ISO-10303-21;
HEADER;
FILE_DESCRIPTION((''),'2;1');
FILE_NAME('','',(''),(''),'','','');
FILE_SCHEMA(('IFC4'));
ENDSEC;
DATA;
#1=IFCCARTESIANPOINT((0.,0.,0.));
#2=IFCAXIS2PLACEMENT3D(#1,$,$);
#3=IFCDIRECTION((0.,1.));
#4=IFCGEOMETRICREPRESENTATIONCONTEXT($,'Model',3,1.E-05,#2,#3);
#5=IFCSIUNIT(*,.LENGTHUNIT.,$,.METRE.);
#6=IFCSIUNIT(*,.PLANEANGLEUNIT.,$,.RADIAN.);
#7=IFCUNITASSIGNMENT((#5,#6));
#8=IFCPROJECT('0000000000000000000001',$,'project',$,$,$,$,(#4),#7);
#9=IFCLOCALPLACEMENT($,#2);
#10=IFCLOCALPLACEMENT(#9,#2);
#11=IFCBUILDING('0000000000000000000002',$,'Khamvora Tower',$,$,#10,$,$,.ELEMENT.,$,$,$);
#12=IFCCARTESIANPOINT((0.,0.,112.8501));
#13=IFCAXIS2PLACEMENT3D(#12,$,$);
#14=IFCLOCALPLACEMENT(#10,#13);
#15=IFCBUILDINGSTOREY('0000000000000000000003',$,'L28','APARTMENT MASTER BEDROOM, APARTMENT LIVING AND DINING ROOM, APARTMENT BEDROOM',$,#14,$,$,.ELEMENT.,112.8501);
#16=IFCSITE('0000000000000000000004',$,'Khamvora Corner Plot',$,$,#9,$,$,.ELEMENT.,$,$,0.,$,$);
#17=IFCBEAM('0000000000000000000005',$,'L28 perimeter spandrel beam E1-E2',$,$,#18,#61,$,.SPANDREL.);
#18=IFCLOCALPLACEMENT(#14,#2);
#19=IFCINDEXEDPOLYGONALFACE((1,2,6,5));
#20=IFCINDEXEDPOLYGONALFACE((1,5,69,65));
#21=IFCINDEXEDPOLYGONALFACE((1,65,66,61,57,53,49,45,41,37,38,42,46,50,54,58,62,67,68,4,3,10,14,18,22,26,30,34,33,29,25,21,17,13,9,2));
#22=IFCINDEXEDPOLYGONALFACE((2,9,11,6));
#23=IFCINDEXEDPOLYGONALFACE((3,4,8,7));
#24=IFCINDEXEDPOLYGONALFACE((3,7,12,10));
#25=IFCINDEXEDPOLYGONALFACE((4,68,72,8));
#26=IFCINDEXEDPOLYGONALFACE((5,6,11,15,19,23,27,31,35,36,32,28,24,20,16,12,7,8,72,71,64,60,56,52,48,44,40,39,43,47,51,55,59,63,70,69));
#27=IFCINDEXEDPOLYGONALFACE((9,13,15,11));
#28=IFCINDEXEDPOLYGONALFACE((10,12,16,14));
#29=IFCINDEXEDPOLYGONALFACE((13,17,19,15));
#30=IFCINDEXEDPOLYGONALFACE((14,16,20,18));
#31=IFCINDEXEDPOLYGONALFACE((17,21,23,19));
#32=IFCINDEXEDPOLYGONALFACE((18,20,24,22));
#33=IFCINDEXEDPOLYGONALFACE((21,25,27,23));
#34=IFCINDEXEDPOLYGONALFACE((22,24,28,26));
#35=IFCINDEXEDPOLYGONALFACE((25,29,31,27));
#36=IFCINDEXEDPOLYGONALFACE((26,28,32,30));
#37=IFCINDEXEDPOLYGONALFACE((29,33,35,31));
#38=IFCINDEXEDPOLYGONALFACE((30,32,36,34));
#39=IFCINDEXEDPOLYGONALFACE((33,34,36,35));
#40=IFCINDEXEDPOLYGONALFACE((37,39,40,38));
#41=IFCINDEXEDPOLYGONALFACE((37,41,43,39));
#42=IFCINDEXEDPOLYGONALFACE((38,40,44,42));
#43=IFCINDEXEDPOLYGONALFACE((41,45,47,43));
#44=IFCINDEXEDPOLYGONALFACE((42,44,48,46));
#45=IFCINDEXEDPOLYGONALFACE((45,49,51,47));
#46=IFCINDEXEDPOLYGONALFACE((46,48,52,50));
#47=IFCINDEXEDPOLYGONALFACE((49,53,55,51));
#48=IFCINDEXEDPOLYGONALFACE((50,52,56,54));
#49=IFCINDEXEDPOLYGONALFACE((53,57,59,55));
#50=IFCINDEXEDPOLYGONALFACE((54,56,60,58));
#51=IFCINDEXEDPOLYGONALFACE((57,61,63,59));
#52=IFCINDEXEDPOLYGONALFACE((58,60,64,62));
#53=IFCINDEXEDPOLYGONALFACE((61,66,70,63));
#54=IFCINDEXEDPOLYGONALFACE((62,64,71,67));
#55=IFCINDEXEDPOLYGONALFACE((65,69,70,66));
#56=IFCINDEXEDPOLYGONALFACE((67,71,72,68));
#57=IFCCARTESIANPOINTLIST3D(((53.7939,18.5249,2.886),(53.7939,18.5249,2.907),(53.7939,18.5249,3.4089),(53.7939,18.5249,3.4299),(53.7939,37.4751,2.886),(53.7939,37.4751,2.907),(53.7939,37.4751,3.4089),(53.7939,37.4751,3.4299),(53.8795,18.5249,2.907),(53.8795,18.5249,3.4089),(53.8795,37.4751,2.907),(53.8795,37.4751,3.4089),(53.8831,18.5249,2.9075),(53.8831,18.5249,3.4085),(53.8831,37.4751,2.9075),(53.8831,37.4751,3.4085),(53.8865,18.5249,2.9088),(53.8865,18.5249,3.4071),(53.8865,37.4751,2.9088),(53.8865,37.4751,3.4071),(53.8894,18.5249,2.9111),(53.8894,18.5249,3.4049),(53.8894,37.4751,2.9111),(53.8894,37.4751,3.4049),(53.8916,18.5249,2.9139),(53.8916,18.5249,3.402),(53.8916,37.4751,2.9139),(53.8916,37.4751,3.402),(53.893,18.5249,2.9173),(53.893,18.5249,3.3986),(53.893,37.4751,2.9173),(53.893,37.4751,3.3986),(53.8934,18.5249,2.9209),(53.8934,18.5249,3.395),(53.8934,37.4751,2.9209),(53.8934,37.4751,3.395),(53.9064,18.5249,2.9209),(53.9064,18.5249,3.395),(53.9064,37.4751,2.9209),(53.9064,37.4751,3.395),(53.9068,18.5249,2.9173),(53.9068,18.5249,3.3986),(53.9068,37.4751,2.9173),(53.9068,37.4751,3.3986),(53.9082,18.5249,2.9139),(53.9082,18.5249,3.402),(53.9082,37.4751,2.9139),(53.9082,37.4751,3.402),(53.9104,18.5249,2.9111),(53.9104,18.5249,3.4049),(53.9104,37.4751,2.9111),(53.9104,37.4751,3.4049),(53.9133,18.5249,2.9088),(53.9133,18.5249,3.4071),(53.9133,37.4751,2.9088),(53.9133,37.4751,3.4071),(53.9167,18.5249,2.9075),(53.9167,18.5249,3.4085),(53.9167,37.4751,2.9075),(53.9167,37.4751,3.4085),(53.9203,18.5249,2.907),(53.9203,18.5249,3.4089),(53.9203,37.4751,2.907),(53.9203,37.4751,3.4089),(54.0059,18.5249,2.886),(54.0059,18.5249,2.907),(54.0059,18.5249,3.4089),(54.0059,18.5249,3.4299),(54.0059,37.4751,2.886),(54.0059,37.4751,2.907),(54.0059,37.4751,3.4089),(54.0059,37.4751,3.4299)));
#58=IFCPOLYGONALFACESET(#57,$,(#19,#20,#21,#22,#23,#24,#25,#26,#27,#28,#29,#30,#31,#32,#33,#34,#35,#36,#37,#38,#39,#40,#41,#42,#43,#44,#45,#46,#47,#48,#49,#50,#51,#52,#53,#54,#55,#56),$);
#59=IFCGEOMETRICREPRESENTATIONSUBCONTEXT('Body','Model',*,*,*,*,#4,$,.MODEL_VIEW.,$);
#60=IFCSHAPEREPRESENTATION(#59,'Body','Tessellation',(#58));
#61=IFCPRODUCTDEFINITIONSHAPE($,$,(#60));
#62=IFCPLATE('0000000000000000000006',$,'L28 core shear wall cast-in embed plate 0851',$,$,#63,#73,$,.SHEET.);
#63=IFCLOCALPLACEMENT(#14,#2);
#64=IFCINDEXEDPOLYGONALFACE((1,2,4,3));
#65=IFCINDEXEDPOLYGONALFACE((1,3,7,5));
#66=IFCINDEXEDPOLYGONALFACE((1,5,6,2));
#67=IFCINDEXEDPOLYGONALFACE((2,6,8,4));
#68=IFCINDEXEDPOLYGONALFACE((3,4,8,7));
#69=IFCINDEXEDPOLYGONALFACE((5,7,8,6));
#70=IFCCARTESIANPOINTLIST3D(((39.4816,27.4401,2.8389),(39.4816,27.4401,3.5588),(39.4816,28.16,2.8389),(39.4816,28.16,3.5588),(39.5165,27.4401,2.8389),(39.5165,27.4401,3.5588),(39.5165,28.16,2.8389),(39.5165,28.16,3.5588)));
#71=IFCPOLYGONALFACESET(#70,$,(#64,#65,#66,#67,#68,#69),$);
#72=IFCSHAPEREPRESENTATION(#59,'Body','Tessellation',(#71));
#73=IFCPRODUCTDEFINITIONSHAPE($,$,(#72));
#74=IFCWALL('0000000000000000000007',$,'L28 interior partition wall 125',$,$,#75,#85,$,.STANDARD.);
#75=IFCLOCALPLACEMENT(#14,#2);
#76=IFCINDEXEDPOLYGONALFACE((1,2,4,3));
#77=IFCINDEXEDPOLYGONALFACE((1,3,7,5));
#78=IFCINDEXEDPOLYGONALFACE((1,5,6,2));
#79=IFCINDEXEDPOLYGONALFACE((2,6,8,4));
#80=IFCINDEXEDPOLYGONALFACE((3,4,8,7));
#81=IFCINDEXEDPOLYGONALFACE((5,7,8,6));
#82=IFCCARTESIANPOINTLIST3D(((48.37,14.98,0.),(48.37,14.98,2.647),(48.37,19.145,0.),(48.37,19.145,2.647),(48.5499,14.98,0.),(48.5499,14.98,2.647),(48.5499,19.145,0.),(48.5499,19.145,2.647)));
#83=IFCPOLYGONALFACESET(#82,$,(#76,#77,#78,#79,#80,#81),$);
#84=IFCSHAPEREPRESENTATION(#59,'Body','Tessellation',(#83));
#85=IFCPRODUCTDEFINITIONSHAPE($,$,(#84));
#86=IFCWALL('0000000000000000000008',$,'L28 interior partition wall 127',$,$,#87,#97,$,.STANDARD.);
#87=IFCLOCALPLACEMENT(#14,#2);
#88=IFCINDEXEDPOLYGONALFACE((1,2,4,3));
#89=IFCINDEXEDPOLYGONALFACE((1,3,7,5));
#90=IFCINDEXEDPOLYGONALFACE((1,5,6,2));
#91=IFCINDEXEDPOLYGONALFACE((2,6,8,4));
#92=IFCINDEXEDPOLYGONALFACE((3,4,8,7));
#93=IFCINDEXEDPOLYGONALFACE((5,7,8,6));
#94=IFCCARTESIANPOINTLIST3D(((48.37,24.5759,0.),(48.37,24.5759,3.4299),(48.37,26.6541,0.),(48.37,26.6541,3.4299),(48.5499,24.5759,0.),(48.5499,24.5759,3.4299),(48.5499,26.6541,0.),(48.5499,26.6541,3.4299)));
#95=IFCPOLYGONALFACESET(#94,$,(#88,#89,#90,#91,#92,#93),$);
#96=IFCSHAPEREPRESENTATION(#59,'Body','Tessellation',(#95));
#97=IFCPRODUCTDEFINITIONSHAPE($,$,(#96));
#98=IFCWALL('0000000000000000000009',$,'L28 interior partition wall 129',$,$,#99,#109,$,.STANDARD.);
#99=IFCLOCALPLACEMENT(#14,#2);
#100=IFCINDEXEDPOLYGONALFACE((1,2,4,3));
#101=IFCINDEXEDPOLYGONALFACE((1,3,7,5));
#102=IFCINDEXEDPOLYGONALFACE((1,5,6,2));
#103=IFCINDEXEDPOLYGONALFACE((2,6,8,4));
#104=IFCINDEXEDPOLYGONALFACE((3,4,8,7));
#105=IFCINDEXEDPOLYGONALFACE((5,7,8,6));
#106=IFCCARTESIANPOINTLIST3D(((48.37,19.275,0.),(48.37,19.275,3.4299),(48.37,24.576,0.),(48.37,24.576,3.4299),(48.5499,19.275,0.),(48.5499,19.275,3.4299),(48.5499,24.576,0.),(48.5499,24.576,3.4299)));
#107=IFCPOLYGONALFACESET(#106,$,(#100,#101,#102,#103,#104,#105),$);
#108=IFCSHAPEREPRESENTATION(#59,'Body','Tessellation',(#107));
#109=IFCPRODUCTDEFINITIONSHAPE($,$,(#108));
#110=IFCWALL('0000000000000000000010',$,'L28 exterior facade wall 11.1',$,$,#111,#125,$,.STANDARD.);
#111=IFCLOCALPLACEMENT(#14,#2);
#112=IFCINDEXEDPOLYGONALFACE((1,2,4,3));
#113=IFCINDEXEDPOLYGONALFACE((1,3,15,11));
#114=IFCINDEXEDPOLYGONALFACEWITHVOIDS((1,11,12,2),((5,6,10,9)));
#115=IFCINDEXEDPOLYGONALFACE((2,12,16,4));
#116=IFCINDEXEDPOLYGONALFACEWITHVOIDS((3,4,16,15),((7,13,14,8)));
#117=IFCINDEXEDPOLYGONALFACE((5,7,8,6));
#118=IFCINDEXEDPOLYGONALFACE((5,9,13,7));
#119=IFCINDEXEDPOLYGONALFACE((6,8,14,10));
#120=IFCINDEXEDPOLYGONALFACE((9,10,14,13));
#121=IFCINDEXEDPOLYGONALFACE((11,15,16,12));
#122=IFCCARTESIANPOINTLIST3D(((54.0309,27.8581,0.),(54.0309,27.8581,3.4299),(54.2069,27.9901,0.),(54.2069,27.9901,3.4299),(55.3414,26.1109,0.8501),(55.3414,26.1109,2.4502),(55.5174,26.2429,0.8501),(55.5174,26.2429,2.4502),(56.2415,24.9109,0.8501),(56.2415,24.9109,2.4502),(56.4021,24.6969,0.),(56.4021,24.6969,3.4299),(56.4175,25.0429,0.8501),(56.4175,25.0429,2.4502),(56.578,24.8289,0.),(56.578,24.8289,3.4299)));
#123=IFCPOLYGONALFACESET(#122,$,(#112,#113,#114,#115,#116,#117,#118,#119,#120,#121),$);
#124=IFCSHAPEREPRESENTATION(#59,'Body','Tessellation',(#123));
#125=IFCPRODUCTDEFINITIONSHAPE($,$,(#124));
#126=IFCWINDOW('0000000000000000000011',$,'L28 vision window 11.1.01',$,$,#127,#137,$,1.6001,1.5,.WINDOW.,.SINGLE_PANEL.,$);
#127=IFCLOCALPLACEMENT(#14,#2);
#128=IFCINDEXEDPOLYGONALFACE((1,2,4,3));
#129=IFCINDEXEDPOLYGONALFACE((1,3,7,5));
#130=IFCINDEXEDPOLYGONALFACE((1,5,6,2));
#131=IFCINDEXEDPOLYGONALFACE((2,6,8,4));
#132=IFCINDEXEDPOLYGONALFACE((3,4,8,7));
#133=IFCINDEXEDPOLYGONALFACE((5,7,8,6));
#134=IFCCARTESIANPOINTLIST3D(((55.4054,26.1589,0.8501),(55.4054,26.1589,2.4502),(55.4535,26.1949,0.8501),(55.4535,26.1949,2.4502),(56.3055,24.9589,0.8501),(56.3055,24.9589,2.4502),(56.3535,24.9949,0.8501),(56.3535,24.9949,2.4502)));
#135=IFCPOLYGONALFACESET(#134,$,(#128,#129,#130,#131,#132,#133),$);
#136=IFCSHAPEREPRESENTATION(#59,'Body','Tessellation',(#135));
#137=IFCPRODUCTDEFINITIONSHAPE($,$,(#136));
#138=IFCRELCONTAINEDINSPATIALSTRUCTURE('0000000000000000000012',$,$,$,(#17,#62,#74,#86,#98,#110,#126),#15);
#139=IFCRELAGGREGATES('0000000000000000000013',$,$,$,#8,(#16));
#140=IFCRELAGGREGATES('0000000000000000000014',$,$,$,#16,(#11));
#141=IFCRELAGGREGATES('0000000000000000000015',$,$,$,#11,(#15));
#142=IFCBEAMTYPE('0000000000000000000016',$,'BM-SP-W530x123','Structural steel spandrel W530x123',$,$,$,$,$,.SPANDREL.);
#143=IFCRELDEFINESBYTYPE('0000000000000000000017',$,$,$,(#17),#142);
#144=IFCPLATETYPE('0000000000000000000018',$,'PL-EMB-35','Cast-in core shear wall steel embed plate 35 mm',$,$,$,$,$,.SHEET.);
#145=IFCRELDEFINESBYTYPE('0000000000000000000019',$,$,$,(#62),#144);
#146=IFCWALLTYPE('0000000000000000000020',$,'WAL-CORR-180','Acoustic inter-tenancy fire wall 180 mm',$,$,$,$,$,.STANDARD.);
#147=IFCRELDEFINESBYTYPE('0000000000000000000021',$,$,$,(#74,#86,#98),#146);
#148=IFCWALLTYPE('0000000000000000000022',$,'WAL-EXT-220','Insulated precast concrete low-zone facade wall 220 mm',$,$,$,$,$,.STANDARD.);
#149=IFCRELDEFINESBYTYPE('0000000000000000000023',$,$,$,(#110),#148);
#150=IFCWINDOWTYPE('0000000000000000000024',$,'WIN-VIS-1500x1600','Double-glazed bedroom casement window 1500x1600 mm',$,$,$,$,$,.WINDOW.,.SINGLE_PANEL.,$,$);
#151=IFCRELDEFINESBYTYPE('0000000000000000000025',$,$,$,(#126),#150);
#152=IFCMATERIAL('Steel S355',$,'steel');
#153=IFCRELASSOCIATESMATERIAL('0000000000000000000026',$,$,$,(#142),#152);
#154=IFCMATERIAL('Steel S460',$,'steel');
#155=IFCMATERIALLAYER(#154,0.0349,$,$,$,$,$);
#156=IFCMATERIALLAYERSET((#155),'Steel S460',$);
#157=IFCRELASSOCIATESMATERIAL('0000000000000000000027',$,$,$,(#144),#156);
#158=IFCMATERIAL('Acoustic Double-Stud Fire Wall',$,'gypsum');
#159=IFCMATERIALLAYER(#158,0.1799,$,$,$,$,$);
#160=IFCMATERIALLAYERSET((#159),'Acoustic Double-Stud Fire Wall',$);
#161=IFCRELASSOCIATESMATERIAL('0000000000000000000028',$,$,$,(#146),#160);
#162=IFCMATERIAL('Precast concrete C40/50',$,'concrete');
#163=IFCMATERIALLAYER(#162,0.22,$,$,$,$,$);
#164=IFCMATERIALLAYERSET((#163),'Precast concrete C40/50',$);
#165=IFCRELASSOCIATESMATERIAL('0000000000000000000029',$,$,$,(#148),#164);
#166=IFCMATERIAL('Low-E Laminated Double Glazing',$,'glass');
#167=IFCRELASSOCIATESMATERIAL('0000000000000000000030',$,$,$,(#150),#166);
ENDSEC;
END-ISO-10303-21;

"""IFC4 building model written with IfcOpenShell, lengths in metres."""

from ifc_helpers import new_model, si_unit, direction, frame, frame_2d, origin, origin_2d, place, context, subcontext, project, spatial, rectangle, i_section, extrude, material, layer, layer_set, material_profile, profile_set, type_object, element, fill, save


model = new_model("IFC4")

# Units and contexts
model_context = context("Model", 3, precision=1e-05, world=origin(), true_north=direction((0.0, 1.0)))
body_context = subcontext(model_context, "Body", "Model", "MODEL_VIEW")
ifc_project = project(units=[si_unit("LENGTHUNIT", "METRE"), si_unit("PLANEANGLEUNIT", "RADIAN")], contexts=[model_context])

# Site, building, storey
site_placement = place(None, origin())
site = spatial("IfcSite", under=ifc_project, at=site_placement, Name="Khamvora Corner Plot", CompositionType="ELEMENT", RefElevation=0.0)
building_placement = place(site_placement, origin())
building = spatial("IfcBuilding", under=site, at=building_placement, Name="Khamvora Tower", CompositionType="ELEMENT")
storey_placement = place(building_placement, frame((0.0, 0.0, 112.8501)))
storey = spatial("IfcBuildingStorey", under=building, at=storey_placement, Name="L28", Description="APARTMENT MASTER BEDROOM, APARTMENT LIVING AND DINING ROOM, APARTMENT BEDROOM", CompositionType="ELEMENT", Elevation=112.8501)

# Shared definitions
ifc_material_1 = material(Name="Steel S355", Category="steel")

# Beam
ifc_material_profile_1 = material_profile(ifc_material_1, i_section(OverallWidth=0.2119, OverallDepth=0.5439, WebThickness=0.0129, FlangeThickness=0.021, FilletRadius=0.0139, at=origin_2d()), Name="W530x123")
ifc_profile_set_1 = profile_set([ifc_material_profile_1], Name="Steel S355")
beam_type_1 = type_object("IfcBeamType", Name="BM-SP-W530x123", Description="Structural steel spandrel W530x123", PredefinedType="SPANDREL", material=ifc_profile_set_1)
beam_1_placement = place(storey_placement, frame((53.8999, 18.5249, 3.158), z_axis=(0.0, 1.0, 0.0), x_axis=(-1.0, 0.0, 0.0)))
element("IfcBeam", 1, at=beam_1_placement, inside=storey, type_object=beam_type_1, Name="L28 perimeter spandrel beam E1-E2", PredefinedType="SPANDREL", context=body_context, shape_type="SweptSolid", body=[
    extrude(i_section(OverallWidth=0.2119, OverallDepth=0.5439, WebThickness=0.0129, FlangeThickness=0.021, FilletRadius=0.0139, at=origin_2d()), origin(), (0.0, 0.0, 1.0), 18.9502),
])

# Plate
ifc_material_2 = material(Name="Steel S460", Category="steel")
ifc_layer_1 = layer(ifc_material_2, 0.0349)
ifc_layer_set_1 = layer_set([ifc_layer_1], Name="Steel S460")
plate_type = type_object("IfcPlateType", Name="PL-EMB-35", Description="Cast-in core shear wall steel embed plate 35 mm", PredefinedType="SHEET", material=ifc_layer_set_1)
plate_placement = place(storey_placement, frame((39.499, 27.8, 2.8389), z_axis=(0.0, 0.0, 1.0), x_axis=(1.0, 0.0, 0.0)))
element("IfcPlate", 2, at=plate_placement, inside=storey, type_object=plate_type, Name="L28 core shear wall cast-in embed plate 0851", PredefinedType="SHEET", context=body_context, shape_type="SweptSolid", body=[
    extrude(rectangle(XDim=0.0349, YDim=0.72, at=origin_2d()), origin(), (0.0, 0.0, 1.0), 0.72),
])

# Walls
ifc_material_3 = material(Name="Acoustic Double-Stud Fire Wall", Category="gypsum")
ifc_layer_2 = layer(ifc_material_3, 0.1799)
ifc_layer_set_2 = layer_set([ifc_layer_2], Name="Acoustic Double-Stud Fire Wall")
wall_type_1 = type_object("IfcWallType", Name="WAL-CORR-180", Description="Acoustic inter-tenancy fire wall 180 mm", PredefinedType="STANDARD", material=ifc_layer_set_2)
wall_1_placement = place(storey_placement, frame((48.46, 19.145, 0.0), z_axis=(0.0, 0.0, 1.0), x_axis=(0.0, -1.0, 0.0)))
element("IfcWall", 3, at=wall_1_placement, inside=storey, type_object=wall_type_1, Name="L28 interior partition wall 125", PredefinedType="STANDARD", context=body_context, shape_type="SweptSolid", body=[
    extrude(rectangle(XDim=4.165, YDim=0.1799, at=frame_2d((2.0825, 0.0))), origin(), (0.0, 0.0, 1.0), 2.647),
])
wall_2_placement = place(storey_placement, frame((48.46, 26.6541, 0.0), z_axis=(0.0, 0.0, 1.0), x_axis=(0.0, -1.0, 0.0)))
element("IfcWall", 4, at=wall_2_placement, inside=storey, type_object=wall_type_1, Name="L28 interior partition wall 127", PredefinedType="STANDARD", context=body_context, shape_type="SweptSolid", body=[
    extrude(rectangle(XDim=2.0781, YDim=0.1799, at=frame_2d((1.0391, 0.0))), origin(), (0.0, 0.0, 1.0), 3.4299),
])
wall_3_placement = place(storey_placement, frame((48.46, 24.5759, 0.0), z_axis=(0.0, 0.0, 1.0), x_axis=(0.0, -1.0, 0.0)))
element("IfcWall", 5, at=wall_3_placement, inside=storey, type_object=wall_type_1, Name="L28 interior partition wall 129", PredefinedType="STANDARD", context=body_context, shape_type="SweptSolid", body=[
    extrude(rectangle(XDim=5.301, YDim=0.1799, at=frame_2d((2.6504, 0.0))), origin(), (0.0, 0.0, 1.0), 3.4299),
])

# Wall, opening, window
ifc_material_4 = material(Name="Precast concrete C40/50", Category="concrete")
ifc_layer_3 = layer(ifc_material_4, 0.22)
ifc_layer_set_3 = layer_set([ifc_layer_3], Name="Precast concrete C40/50")
wall_type_2 = type_object("IfcWallType", Name="WAL-EXT-220", Description="Insulated precast concrete low-zone facade wall 220 mm", PredefinedType="STANDARD", material=ifc_layer_set_3)
wall_4_placement = place(storey_placement, frame((54.1189, 27.9241, 0.0), z_axis=(0.0, 0.0, 1.0), x_axis=(0.60004, -0.79997, 0.0)))
wall_4 = element("IfcWall", 6, at=wall_4_placement, inside=storey, type_object=wall_type_2, Name="L28 exterior facade wall 11.1", PredefinedType="STANDARD", context=body_context, shape_type="SweptSolid", body=[
    extrude(rectangle(XDim=3.9517, YDim=0.22, at=frame_2d((1.9758, 0.0))), origin(), (0.0, 0.0, 1.0), 3.4299),
])
opening_1_placement = place(wall_4_placement, frame((2.1841, 0.0, 0.8501)))
opening_1 = element("IfcOpeningElement", 7, at=opening_1_placement, cuts=wall_4, PredefinedType="OPENING", context=body_context, shape_type="SweptSolid", body=[
    extrude(rectangle(XDim=1.5, YDim=1.6001, at=frame_2d((0.75, 0.8))), frame((0.0, 0.1199, 0.0), z_axis=(0.0, -1.0, 0.0), x_axis=(1.0, 0.0, 0.0)), (0.0, 0.0, 1.0), 0.24),
])
ifc_material_5 = material(Name="Low-E Laminated Double Glazing", Category="glass")
window_type_1 = type_object("IfcWindowType", Name="WIN-VIS-1500x1600", Description="Double-glazed bedroom casement window 1500x1600 mm", PartitioningType="SINGLE_PANEL", PredefinedType="WINDOW", material=ifc_material_5)
window_1_placement = place(opening_1_placement, origin())
window_1 = element("IfcWindow", 8, at=window_1_placement, inside=storey, type_object=window_type_1, Name="L28 vision window 11.1.01", OverallHeight=1.6001, OverallWidth=1.5, PartitioningType="SINGLE_PANEL", PredefinedType="WINDOW", context=body_context, shape_type="SweptSolid", body=[
    extrude(rectangle(XDim=1.5, YDim=1.6001, at=frame_2d((0.75, 0.8))), frame((0.0, 0.03, 0.0), z_axis=(0.0, -1.0, 0.0), x_axis=(1.0, 0.0, 0.0)), (0.0, 0.0, 1.0), 0.0601),
])
fill(opening_1, window_1)

save(model, "model.ifc")
